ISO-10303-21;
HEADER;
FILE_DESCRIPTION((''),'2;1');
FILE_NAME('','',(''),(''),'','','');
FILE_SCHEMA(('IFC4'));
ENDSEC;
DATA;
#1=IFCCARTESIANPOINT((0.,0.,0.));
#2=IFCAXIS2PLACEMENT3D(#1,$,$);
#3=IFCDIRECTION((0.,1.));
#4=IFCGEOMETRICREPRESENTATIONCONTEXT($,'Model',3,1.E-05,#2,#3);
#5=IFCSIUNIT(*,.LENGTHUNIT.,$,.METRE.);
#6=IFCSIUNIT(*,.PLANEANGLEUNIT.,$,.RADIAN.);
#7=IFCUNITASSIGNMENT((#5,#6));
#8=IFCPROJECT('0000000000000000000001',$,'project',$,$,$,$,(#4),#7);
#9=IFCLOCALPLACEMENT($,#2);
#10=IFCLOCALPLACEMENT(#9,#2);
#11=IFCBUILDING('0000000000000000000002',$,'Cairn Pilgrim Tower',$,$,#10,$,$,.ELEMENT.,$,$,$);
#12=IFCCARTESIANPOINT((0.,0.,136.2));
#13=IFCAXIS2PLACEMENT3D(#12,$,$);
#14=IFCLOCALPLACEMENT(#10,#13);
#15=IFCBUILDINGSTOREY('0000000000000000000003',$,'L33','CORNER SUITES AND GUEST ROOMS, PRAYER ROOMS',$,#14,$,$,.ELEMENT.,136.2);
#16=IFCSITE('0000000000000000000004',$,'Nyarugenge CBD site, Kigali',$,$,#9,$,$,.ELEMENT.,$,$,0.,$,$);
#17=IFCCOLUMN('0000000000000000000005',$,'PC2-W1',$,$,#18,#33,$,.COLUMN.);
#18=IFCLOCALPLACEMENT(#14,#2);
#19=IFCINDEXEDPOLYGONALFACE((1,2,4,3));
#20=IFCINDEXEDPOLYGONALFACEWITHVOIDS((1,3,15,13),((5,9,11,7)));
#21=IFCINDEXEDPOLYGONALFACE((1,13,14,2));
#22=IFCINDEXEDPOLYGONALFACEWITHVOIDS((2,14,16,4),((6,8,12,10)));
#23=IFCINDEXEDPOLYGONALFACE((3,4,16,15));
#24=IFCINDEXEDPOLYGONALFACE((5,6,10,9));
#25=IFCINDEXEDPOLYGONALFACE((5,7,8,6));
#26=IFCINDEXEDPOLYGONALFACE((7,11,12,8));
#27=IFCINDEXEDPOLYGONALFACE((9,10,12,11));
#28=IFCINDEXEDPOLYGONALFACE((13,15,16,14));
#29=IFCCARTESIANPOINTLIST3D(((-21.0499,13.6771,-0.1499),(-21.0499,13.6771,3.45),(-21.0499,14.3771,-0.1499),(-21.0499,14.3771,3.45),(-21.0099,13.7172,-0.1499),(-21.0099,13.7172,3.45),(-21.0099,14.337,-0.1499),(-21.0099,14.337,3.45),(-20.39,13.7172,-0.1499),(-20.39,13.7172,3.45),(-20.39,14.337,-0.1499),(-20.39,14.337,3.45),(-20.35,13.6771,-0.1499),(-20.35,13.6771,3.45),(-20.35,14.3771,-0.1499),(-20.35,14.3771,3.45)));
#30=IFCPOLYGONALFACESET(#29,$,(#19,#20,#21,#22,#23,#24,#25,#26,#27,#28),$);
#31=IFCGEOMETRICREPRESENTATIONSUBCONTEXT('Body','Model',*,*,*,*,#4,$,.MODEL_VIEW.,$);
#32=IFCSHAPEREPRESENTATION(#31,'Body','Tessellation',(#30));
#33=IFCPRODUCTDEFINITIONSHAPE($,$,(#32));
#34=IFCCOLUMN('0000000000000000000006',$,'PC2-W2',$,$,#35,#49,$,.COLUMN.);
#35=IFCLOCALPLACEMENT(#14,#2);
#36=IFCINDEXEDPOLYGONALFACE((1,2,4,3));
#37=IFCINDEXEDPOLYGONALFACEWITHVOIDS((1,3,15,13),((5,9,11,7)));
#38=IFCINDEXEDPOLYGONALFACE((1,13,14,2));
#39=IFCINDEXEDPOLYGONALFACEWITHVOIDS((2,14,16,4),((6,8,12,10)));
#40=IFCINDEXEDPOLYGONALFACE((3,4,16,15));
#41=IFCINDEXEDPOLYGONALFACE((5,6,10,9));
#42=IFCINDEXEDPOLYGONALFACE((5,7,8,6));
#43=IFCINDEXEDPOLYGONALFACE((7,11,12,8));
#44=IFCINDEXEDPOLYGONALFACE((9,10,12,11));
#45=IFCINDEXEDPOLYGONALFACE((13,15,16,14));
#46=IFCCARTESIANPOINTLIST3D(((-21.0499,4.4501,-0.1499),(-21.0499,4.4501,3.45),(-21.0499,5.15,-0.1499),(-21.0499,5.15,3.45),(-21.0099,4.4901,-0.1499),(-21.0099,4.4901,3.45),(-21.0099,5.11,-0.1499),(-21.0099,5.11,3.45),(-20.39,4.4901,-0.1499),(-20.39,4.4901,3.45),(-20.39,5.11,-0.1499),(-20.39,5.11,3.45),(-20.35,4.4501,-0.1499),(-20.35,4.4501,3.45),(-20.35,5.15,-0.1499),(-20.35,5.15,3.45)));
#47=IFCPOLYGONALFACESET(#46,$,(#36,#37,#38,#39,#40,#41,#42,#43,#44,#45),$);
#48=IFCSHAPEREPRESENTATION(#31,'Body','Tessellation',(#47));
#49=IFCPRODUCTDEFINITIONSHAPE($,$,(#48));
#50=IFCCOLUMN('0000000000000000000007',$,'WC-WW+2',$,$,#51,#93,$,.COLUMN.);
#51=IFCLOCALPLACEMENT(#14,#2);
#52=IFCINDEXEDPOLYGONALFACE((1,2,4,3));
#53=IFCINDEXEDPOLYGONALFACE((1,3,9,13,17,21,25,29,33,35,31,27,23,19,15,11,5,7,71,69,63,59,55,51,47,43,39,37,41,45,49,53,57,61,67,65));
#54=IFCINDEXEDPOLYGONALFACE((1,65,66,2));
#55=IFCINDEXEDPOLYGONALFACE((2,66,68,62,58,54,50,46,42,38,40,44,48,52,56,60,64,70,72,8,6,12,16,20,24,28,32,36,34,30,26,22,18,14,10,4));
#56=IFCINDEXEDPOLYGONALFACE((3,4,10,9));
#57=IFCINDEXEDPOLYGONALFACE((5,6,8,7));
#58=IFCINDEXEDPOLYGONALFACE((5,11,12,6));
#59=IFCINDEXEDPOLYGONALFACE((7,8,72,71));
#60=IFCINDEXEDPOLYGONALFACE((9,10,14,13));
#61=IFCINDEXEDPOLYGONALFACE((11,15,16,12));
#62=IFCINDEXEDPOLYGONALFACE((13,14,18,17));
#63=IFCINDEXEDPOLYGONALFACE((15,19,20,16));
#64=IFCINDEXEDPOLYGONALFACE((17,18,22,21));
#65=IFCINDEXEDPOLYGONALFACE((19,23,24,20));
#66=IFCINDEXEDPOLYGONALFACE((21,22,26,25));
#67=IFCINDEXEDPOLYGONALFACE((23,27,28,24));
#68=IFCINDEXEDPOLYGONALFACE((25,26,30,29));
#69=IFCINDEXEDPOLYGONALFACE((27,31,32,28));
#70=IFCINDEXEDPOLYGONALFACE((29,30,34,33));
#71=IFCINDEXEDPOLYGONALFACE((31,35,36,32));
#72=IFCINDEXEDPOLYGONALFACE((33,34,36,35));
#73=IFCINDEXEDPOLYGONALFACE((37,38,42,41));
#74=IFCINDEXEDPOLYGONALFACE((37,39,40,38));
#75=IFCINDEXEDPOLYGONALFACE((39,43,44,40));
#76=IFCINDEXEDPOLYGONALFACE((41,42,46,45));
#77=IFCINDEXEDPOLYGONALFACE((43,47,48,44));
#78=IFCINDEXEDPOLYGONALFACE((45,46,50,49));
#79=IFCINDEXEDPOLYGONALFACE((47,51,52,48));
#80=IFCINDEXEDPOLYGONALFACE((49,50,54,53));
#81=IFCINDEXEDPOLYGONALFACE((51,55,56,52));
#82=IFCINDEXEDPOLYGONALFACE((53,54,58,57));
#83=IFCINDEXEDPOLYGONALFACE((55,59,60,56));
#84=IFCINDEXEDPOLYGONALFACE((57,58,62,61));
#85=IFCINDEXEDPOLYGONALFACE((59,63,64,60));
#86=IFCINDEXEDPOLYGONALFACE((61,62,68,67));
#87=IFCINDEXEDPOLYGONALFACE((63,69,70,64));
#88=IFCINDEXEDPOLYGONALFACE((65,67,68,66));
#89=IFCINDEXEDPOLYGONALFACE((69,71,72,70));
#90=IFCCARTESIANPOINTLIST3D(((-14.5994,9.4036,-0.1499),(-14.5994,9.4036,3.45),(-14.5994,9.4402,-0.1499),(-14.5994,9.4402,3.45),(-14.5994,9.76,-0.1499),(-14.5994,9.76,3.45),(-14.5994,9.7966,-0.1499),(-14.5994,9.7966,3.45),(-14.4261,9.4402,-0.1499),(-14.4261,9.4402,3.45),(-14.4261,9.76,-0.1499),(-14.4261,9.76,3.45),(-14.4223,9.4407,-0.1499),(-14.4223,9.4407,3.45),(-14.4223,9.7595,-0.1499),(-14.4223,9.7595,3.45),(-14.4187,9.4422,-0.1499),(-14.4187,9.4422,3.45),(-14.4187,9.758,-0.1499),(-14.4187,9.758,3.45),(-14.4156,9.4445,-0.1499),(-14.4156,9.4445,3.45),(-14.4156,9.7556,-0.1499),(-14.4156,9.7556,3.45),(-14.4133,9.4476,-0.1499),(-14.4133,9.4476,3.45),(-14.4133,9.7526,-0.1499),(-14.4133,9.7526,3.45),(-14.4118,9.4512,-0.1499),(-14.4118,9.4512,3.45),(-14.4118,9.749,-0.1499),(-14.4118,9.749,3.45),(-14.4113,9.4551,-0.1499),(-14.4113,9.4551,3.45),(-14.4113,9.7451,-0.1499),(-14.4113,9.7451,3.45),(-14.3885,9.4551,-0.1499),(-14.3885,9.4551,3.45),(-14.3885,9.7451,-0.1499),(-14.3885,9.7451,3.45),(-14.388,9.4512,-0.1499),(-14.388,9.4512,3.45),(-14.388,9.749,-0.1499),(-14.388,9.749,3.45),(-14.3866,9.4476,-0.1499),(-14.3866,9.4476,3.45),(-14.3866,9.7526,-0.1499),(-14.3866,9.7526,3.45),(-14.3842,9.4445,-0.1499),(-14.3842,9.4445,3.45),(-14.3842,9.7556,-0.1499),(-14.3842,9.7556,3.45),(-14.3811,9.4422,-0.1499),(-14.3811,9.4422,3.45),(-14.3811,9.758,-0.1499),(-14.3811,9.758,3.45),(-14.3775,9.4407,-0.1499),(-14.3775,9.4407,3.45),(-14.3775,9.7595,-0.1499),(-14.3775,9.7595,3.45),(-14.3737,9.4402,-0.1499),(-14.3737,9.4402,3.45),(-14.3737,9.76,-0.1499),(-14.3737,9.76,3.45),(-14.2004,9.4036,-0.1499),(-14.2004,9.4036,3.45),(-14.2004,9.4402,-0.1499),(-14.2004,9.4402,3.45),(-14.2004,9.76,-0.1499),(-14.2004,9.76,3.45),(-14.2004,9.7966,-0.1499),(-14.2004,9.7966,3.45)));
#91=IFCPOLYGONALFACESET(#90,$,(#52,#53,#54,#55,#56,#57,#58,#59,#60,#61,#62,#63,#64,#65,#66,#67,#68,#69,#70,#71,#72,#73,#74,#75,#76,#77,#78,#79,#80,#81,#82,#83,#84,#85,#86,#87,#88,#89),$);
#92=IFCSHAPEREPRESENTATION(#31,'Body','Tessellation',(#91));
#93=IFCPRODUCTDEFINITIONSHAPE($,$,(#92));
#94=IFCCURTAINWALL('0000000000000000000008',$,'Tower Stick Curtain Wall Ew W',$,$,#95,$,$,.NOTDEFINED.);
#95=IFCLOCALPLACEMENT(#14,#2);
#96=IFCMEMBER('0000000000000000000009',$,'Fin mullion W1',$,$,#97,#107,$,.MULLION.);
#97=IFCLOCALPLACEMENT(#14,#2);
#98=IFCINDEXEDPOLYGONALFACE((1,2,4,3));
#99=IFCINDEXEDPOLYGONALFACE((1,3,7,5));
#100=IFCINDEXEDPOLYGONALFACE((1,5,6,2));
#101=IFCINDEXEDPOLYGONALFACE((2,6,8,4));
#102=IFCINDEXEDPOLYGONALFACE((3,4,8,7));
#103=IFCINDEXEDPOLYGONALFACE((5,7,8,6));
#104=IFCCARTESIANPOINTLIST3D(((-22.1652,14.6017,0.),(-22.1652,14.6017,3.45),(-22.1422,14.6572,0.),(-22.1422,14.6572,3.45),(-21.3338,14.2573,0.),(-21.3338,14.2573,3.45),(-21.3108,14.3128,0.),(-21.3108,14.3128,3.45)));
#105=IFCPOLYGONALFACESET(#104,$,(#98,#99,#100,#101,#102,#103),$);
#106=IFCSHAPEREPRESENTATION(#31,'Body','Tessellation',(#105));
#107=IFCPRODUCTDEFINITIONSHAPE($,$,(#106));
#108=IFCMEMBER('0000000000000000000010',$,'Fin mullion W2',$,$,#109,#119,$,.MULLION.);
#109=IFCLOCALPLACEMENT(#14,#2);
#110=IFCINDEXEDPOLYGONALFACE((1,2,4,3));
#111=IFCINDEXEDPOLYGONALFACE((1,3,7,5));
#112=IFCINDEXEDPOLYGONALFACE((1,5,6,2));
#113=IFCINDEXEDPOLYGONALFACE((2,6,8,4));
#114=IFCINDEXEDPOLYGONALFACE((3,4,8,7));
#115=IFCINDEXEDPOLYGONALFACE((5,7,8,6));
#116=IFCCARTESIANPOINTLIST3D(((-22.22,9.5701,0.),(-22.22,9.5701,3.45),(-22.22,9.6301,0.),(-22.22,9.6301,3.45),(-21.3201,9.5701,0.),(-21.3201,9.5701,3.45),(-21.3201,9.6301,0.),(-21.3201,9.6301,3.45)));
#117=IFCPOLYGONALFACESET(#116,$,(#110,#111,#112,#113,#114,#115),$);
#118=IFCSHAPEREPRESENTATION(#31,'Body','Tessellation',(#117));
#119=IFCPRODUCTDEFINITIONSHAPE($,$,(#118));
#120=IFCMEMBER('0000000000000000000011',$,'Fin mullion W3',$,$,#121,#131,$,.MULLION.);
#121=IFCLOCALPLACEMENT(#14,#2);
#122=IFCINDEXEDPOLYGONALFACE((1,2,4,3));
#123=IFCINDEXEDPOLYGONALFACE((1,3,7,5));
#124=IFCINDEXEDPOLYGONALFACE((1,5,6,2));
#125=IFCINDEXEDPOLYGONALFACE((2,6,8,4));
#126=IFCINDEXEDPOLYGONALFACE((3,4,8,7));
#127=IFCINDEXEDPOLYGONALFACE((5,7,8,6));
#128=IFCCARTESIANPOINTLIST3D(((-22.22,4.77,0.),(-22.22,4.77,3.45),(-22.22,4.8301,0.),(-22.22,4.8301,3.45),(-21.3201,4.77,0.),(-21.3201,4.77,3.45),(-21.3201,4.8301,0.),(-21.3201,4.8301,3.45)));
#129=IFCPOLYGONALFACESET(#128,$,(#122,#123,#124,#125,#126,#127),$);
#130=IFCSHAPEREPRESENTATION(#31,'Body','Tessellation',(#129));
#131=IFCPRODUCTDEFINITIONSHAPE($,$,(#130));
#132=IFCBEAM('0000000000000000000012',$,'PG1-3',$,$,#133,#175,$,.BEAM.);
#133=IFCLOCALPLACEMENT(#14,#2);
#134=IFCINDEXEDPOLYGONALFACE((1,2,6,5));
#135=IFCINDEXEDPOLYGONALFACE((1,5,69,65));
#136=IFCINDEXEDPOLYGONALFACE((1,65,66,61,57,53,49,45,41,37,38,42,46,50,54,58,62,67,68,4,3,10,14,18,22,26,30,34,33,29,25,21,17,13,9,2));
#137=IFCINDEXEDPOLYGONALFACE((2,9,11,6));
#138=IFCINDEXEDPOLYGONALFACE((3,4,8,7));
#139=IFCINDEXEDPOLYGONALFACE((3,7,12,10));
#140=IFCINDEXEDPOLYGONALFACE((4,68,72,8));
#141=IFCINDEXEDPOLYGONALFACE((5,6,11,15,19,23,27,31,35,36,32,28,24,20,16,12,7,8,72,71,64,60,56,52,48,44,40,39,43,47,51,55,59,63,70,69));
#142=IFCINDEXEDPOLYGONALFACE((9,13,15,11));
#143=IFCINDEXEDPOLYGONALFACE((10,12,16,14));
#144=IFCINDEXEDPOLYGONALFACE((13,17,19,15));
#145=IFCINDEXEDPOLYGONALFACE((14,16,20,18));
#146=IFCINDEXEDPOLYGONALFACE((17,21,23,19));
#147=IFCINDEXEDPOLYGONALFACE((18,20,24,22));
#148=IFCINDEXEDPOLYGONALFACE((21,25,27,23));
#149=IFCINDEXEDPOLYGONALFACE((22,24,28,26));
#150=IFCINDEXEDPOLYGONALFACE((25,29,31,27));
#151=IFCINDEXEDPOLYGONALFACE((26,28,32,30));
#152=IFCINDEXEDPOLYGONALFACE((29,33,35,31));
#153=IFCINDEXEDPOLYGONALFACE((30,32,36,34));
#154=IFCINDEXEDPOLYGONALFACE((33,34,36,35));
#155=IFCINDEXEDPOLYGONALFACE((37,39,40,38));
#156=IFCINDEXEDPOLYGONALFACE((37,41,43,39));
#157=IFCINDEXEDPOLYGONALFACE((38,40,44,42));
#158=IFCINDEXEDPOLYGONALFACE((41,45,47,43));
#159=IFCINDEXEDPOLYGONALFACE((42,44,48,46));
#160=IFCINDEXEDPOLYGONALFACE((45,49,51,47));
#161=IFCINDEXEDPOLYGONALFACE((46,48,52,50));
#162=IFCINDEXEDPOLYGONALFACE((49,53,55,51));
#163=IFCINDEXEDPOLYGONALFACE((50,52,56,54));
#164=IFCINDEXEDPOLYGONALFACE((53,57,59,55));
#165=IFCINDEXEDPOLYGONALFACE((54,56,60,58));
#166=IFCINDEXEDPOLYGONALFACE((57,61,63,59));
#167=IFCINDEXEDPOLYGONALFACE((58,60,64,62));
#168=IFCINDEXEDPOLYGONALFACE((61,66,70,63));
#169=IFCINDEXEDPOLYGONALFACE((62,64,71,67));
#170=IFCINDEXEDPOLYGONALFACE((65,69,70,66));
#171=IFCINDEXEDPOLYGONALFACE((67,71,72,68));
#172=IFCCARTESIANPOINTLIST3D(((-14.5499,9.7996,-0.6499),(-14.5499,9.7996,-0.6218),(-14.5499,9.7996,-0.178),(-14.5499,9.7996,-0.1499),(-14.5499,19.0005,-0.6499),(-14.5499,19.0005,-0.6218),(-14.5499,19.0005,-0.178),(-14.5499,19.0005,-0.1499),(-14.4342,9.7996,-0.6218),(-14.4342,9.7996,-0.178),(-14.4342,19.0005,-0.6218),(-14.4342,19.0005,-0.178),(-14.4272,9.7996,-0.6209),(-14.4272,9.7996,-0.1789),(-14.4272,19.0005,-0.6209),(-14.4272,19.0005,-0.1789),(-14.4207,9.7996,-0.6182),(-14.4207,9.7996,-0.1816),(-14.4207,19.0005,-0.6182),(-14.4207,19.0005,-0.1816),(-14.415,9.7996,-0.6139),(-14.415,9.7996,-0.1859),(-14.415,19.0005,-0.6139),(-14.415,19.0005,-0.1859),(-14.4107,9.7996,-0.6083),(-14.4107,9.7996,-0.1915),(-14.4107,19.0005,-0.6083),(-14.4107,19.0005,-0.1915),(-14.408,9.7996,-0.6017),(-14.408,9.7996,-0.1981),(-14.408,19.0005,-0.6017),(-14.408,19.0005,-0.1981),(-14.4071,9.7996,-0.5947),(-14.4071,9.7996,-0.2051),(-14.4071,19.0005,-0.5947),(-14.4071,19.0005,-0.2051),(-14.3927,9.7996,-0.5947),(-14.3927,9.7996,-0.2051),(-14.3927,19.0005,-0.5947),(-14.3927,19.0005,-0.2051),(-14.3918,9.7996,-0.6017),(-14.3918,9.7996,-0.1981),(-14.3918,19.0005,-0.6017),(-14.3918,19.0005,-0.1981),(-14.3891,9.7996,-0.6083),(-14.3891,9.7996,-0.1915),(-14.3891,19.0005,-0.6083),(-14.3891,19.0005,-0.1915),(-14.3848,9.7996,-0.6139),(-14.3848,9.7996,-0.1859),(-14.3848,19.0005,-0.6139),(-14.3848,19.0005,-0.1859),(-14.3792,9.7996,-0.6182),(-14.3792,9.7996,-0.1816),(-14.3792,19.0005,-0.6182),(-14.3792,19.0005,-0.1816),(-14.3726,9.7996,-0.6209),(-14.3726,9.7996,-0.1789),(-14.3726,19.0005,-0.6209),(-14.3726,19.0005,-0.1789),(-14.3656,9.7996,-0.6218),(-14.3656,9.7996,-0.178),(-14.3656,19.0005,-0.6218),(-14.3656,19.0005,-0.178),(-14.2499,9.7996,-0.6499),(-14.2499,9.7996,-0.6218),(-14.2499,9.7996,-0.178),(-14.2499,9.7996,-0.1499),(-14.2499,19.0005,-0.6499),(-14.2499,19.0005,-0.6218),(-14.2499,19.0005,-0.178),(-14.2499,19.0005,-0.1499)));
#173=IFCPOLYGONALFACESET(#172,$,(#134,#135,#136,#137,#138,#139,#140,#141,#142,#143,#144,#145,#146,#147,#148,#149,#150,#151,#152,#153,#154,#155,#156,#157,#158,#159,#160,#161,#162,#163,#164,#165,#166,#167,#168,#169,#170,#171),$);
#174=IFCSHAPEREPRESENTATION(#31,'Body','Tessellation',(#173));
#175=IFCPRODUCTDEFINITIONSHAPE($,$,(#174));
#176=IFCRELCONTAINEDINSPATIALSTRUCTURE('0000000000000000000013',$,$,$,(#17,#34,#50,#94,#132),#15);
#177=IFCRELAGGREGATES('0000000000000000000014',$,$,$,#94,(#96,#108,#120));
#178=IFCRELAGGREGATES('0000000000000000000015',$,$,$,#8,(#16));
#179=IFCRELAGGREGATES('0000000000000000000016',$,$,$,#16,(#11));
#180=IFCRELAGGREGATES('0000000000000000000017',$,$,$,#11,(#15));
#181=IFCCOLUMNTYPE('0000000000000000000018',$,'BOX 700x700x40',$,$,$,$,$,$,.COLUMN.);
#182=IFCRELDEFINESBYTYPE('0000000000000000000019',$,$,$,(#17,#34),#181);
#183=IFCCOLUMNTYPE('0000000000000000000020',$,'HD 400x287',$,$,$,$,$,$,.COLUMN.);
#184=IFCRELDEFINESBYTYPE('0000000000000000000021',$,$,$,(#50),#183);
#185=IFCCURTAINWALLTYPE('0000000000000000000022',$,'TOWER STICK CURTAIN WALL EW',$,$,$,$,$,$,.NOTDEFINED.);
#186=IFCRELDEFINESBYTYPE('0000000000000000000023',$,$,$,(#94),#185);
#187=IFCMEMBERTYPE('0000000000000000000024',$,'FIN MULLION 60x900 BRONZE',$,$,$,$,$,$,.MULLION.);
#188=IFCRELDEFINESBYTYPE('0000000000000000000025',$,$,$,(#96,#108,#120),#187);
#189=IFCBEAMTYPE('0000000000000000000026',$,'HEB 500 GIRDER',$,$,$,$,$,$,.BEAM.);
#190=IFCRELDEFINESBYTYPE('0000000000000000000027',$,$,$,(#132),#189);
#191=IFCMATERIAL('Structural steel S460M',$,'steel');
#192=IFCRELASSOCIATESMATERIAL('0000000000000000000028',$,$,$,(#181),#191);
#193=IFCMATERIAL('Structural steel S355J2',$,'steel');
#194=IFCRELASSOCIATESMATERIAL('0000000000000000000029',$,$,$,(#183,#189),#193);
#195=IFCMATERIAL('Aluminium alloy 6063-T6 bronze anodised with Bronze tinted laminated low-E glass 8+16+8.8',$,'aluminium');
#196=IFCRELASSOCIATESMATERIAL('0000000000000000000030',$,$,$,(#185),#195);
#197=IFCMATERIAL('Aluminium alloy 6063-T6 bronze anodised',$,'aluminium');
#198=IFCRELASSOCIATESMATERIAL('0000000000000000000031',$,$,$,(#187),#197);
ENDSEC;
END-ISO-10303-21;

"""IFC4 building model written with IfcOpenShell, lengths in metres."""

from ifc_helpers import new_model, si_unit, direction, frame, origin, origin_2d, place, context, subcontext, project, spatial, rectangle, hollow_rectangle, i_section, extrude, material, material_profile, profile_set, type_object, element, aggregate, save


model = new_model("IFC4")

# Units and contexts
model_context = context("Model", 3, precision=1e-05, world=origin(), true_north=direction((0.0, 1.0)))
body_context = subcontext(model_context, "Body", "Model", "MODEL_VIEW")
ifc_project = project(units=[si_unit("LENGTHUNIT", "METRE"), si_unit("PLANEANGLEUNIT", "RADIAN")], contexts=[model_context])

# Site, building, storey
site_placement = place(None, origin())
site = spatial("IfcSite", under=ifc_project, at=site_placement, Name="Nyarugenge CBD site, Kigali", CompositionType="ELEMENT", RefElevation=0.0)
building_placement = place(site_placement, origin())
building = spatial("IfcBuilding", under=site, at=building_placement, Name="Cairn Pilgrim Tower", CompositionType="ELEMENT")
storey_placement = place(building_placement, frame((0.0, 0.0, 136.2)))
storey = spatial("IfcBuildingStorey", under=building, at=storey_placement, Name="L33", Description="CORNER SUITES AND GUEST ROOMS, PRAYER ROOMS", CompositionType="ELEMENT", Elevation=136.2)

# Columns
ifc_material_1 = material(Name="Structural steel S460M", Category="steel")
ifc_material_profile_1 = material_profile(ifc_material_1, hollow_rectangle(XDim=0.7, YDim=0.7, WallThickness=0.04, at=origin_2d()), Name="BOX 700x700x40")
ifc_profile_set_1 = profile_set([ifc_material_profile_1], Name="Structural steel S460M")
column_type_1 = type_object("IfcColumnType", Name="BOX 700x700x40", PredefinedType="COLUMN", material=ifc_profile_set_1)
for number, where, z_axis, x_axis, name in (
    (1, (-20.7, 14.0271, -0.1499), (0.0, 0.0, 1.0), (1.0, 0.0, 0.0), "PC2-W1"),
    (2, (-20.7, 4.8, -0.1499), (0.0, 0.0, 1.0), (1.0, 0.0, 0.0), "PC2-W2"),
):
    element("IfcColumn", number, at=place(storey_placement, frame(where, z_axis=z_axis, x_axis=x_axis)), inside=storey, type_object=column_type_1, Name=name, PredefinedType="COLUMN", context=body_context, shape_type="SweptSolid", body=[
        extrude(hollow_rectangle(XDim=0.7, YDim=0.7, WallThickness=0.04, at=origin_2d()), origin(), (0.0, 0.0, 1.0), 3.5999),
    ])
ifc_material_2 = material(Name="Structural steel S355J2", Category="steel")
ifc_material_profile_2 = material_profile(ifc_material_2, i_section(OverallWidth=0.3989, OverallDepth=0.3931, WebThickness=0.0227, FlangeThickness=0.0366, FilletRadius=0.0149, at=origin_2d()), Name="HD 400x287")
ifc_profile_set_2 = profile_set([ifc_material_profile_2], Name="Structural steel S355J2")
column_type_2 = type_object("IfcColumnType", Name="HD 400x287", PredefinedType="COLUMN", material=ifc_profile_set_2)
column_placement = place(storey_placement, frame((-14.3999, 9.6001, -0.1499), z_axis=(0.0, 0.0, 1.0), x_axis=(1.0, 0.0, 0.0)))
element("IfcColumn", 3, at=column_placement, inside=storey, type_object=column_type_2, Name="WC-WW+2", PredefinedType="COLUMN", context=body_context, shape_type="SweptSolid", body=[
    extrude(i_section(OverallWidth=0.3989, OverallDepth=0.3931, WebThickness=0.0227, FlangeThickness=0.0366, FilletRadius=0.0149, at=origin_2d()), origin(), (0.0, 0.0, 1.0), 3.5999),
])

# Curtain wall, members
ifc_material_3 = material(Name="Aluminium alloy 6063-T6 bronze anodised with Bronze tinted laminated low-E glass 8+16+8.8", Category="aluminium")
curtain_wall_type = type_object("IfcCurtainWallType", Name="TOWER STICK CURTAIN WALL EW", PredefinedType="NOTDEFINED", material=ifc_material_3)
curtain_wall_placement = place(storey_placement, origin())
curtain_wall = element("IfcCurtainWall", 4, at=curtain_wall_placement, inside=storey, type_object=curtain_wall_type, Name="Tower Stick Curtain Wall Ew W", PredefinedType="NOTDEFINED")
ifc_material_4 = material(Name="Aluminium alloy 6063-T6 bronze anodised", Category="aluminium")
ifc_material_profile_3 = material_profile(ifc_material_4, rectangle(XDim=0.8999, YDim=0.0601, at=origin_2d()), Name="FIN MULLION 60x900 BRONZE")
ifc_profile_set_3 = profile_set([ifc_material_profile_3], Name="Aluminium alloy 6063-T6 bronze anodised")
member_type_1 = type_object("IfcMemberType", Name="FIN MULLION 60x900 BRONZE", PredefinedType="MULLION", material=ifc_profile_set_3)
member_1_placement = place(storey_placement, frame((-21.738, 14.4573, 0.0), z_axis=(0.0, 0.0, 1.0), x_axis=(-0.92388, 0.382683, 0.0)))
member_1 = element("IfcMember", 5, at=member_1_placement, type_object=member_type_1, Name="Fin mullion W1", PredefinedType="MULLION", context=body_context, shape_type="SweptSolid", body=[
    extrude(rectangle(XDim=0.8999, YDim=0.0601, at=origin_2d()), origin(), (0.0, 0.0, 1.0), 3.45),
])
member_2_placement = place(storey_placement, frame((-21.77, 9.6001, 0.0), z_axis=(0.0, 0.0, 1.0), x_axis=(-1.0, 0.0, 0.0)))
member_2 = element("IfcMember", 6, at=member_2_placement, type_object=member_type_1, Name="Fin mullion W2", PredefinedType="MULLION", context=body_context, shape_type="SweptSolid", body=[
    extrude(rectangle(XDim=0.8999, YDim=0.0601, at=origin_2d()), origin(), (0.0, 0.0, 1.0), 3.45),
])
member_3_placement = place(storey_placement, frame((-21.77, 4.8, 0.0), z_axis=(0.0, 0.0, 1.0), x_axis=(-1.0, 0.0, 0.0)))
member_3 = element("IfcMember", 7, at=member_3_placement, type_object=member_type_1, Name="Fin mullion W3", PredefinedType="MULLION", context=body_context, shape_type="SweptSolid", body=[
    extrude(rectangle(XDim=0.8999, YDim=0.0601, at=origin_2d()), origin(), (0.0, 0.0, 1.0), 3.45),
])

# Beam
ifc_material_profile_4 = material_profile(ifc_material_2, i_section(OverallWidth=0.3, OverallDepth=0.5, WebThickness=0.0144, FlangeThickness=0.0281, FilletRadius=0.0271, at=origin_2d()), Name="HEB 500")
ifc_profile_set_4 = profile_set([ifc_material_profile_4], Name="Structural steel S355J2")
beam_type_1 = type_object("IfcBeamType", Name="HEB 500 GIRDER", PredefinedType="BEAM", material=ifc_profile_set_4)
beam_1_placement = place(storey_placement, frame((-14.3999, 9.7996, -0.3999), z_axis=(0.0, 1.0, 0.0), x_axis=(-1.0, 0.0, 0.0)))
element("IfcBeam", 8, at=beam_1_placement, inside=storey, type_object=beam_type_1, Name="PG1-3", PredefinedType="BEAM", context=body_context, shape_type="SweptSolid", body=[
    extrude(i_section(OverallWidth=0.3, OverallDepth=0.5, WebThickness=0.0144, FlangeThickness=0.0281, FilletRadius=0.0271, at=origin_2d()), origin(), (0.0, 0.0, 1.0), 9.2009),
])

aggregate(curtain_wall, [member_1, member_2, member_3])

save(model, "model.ifc")
